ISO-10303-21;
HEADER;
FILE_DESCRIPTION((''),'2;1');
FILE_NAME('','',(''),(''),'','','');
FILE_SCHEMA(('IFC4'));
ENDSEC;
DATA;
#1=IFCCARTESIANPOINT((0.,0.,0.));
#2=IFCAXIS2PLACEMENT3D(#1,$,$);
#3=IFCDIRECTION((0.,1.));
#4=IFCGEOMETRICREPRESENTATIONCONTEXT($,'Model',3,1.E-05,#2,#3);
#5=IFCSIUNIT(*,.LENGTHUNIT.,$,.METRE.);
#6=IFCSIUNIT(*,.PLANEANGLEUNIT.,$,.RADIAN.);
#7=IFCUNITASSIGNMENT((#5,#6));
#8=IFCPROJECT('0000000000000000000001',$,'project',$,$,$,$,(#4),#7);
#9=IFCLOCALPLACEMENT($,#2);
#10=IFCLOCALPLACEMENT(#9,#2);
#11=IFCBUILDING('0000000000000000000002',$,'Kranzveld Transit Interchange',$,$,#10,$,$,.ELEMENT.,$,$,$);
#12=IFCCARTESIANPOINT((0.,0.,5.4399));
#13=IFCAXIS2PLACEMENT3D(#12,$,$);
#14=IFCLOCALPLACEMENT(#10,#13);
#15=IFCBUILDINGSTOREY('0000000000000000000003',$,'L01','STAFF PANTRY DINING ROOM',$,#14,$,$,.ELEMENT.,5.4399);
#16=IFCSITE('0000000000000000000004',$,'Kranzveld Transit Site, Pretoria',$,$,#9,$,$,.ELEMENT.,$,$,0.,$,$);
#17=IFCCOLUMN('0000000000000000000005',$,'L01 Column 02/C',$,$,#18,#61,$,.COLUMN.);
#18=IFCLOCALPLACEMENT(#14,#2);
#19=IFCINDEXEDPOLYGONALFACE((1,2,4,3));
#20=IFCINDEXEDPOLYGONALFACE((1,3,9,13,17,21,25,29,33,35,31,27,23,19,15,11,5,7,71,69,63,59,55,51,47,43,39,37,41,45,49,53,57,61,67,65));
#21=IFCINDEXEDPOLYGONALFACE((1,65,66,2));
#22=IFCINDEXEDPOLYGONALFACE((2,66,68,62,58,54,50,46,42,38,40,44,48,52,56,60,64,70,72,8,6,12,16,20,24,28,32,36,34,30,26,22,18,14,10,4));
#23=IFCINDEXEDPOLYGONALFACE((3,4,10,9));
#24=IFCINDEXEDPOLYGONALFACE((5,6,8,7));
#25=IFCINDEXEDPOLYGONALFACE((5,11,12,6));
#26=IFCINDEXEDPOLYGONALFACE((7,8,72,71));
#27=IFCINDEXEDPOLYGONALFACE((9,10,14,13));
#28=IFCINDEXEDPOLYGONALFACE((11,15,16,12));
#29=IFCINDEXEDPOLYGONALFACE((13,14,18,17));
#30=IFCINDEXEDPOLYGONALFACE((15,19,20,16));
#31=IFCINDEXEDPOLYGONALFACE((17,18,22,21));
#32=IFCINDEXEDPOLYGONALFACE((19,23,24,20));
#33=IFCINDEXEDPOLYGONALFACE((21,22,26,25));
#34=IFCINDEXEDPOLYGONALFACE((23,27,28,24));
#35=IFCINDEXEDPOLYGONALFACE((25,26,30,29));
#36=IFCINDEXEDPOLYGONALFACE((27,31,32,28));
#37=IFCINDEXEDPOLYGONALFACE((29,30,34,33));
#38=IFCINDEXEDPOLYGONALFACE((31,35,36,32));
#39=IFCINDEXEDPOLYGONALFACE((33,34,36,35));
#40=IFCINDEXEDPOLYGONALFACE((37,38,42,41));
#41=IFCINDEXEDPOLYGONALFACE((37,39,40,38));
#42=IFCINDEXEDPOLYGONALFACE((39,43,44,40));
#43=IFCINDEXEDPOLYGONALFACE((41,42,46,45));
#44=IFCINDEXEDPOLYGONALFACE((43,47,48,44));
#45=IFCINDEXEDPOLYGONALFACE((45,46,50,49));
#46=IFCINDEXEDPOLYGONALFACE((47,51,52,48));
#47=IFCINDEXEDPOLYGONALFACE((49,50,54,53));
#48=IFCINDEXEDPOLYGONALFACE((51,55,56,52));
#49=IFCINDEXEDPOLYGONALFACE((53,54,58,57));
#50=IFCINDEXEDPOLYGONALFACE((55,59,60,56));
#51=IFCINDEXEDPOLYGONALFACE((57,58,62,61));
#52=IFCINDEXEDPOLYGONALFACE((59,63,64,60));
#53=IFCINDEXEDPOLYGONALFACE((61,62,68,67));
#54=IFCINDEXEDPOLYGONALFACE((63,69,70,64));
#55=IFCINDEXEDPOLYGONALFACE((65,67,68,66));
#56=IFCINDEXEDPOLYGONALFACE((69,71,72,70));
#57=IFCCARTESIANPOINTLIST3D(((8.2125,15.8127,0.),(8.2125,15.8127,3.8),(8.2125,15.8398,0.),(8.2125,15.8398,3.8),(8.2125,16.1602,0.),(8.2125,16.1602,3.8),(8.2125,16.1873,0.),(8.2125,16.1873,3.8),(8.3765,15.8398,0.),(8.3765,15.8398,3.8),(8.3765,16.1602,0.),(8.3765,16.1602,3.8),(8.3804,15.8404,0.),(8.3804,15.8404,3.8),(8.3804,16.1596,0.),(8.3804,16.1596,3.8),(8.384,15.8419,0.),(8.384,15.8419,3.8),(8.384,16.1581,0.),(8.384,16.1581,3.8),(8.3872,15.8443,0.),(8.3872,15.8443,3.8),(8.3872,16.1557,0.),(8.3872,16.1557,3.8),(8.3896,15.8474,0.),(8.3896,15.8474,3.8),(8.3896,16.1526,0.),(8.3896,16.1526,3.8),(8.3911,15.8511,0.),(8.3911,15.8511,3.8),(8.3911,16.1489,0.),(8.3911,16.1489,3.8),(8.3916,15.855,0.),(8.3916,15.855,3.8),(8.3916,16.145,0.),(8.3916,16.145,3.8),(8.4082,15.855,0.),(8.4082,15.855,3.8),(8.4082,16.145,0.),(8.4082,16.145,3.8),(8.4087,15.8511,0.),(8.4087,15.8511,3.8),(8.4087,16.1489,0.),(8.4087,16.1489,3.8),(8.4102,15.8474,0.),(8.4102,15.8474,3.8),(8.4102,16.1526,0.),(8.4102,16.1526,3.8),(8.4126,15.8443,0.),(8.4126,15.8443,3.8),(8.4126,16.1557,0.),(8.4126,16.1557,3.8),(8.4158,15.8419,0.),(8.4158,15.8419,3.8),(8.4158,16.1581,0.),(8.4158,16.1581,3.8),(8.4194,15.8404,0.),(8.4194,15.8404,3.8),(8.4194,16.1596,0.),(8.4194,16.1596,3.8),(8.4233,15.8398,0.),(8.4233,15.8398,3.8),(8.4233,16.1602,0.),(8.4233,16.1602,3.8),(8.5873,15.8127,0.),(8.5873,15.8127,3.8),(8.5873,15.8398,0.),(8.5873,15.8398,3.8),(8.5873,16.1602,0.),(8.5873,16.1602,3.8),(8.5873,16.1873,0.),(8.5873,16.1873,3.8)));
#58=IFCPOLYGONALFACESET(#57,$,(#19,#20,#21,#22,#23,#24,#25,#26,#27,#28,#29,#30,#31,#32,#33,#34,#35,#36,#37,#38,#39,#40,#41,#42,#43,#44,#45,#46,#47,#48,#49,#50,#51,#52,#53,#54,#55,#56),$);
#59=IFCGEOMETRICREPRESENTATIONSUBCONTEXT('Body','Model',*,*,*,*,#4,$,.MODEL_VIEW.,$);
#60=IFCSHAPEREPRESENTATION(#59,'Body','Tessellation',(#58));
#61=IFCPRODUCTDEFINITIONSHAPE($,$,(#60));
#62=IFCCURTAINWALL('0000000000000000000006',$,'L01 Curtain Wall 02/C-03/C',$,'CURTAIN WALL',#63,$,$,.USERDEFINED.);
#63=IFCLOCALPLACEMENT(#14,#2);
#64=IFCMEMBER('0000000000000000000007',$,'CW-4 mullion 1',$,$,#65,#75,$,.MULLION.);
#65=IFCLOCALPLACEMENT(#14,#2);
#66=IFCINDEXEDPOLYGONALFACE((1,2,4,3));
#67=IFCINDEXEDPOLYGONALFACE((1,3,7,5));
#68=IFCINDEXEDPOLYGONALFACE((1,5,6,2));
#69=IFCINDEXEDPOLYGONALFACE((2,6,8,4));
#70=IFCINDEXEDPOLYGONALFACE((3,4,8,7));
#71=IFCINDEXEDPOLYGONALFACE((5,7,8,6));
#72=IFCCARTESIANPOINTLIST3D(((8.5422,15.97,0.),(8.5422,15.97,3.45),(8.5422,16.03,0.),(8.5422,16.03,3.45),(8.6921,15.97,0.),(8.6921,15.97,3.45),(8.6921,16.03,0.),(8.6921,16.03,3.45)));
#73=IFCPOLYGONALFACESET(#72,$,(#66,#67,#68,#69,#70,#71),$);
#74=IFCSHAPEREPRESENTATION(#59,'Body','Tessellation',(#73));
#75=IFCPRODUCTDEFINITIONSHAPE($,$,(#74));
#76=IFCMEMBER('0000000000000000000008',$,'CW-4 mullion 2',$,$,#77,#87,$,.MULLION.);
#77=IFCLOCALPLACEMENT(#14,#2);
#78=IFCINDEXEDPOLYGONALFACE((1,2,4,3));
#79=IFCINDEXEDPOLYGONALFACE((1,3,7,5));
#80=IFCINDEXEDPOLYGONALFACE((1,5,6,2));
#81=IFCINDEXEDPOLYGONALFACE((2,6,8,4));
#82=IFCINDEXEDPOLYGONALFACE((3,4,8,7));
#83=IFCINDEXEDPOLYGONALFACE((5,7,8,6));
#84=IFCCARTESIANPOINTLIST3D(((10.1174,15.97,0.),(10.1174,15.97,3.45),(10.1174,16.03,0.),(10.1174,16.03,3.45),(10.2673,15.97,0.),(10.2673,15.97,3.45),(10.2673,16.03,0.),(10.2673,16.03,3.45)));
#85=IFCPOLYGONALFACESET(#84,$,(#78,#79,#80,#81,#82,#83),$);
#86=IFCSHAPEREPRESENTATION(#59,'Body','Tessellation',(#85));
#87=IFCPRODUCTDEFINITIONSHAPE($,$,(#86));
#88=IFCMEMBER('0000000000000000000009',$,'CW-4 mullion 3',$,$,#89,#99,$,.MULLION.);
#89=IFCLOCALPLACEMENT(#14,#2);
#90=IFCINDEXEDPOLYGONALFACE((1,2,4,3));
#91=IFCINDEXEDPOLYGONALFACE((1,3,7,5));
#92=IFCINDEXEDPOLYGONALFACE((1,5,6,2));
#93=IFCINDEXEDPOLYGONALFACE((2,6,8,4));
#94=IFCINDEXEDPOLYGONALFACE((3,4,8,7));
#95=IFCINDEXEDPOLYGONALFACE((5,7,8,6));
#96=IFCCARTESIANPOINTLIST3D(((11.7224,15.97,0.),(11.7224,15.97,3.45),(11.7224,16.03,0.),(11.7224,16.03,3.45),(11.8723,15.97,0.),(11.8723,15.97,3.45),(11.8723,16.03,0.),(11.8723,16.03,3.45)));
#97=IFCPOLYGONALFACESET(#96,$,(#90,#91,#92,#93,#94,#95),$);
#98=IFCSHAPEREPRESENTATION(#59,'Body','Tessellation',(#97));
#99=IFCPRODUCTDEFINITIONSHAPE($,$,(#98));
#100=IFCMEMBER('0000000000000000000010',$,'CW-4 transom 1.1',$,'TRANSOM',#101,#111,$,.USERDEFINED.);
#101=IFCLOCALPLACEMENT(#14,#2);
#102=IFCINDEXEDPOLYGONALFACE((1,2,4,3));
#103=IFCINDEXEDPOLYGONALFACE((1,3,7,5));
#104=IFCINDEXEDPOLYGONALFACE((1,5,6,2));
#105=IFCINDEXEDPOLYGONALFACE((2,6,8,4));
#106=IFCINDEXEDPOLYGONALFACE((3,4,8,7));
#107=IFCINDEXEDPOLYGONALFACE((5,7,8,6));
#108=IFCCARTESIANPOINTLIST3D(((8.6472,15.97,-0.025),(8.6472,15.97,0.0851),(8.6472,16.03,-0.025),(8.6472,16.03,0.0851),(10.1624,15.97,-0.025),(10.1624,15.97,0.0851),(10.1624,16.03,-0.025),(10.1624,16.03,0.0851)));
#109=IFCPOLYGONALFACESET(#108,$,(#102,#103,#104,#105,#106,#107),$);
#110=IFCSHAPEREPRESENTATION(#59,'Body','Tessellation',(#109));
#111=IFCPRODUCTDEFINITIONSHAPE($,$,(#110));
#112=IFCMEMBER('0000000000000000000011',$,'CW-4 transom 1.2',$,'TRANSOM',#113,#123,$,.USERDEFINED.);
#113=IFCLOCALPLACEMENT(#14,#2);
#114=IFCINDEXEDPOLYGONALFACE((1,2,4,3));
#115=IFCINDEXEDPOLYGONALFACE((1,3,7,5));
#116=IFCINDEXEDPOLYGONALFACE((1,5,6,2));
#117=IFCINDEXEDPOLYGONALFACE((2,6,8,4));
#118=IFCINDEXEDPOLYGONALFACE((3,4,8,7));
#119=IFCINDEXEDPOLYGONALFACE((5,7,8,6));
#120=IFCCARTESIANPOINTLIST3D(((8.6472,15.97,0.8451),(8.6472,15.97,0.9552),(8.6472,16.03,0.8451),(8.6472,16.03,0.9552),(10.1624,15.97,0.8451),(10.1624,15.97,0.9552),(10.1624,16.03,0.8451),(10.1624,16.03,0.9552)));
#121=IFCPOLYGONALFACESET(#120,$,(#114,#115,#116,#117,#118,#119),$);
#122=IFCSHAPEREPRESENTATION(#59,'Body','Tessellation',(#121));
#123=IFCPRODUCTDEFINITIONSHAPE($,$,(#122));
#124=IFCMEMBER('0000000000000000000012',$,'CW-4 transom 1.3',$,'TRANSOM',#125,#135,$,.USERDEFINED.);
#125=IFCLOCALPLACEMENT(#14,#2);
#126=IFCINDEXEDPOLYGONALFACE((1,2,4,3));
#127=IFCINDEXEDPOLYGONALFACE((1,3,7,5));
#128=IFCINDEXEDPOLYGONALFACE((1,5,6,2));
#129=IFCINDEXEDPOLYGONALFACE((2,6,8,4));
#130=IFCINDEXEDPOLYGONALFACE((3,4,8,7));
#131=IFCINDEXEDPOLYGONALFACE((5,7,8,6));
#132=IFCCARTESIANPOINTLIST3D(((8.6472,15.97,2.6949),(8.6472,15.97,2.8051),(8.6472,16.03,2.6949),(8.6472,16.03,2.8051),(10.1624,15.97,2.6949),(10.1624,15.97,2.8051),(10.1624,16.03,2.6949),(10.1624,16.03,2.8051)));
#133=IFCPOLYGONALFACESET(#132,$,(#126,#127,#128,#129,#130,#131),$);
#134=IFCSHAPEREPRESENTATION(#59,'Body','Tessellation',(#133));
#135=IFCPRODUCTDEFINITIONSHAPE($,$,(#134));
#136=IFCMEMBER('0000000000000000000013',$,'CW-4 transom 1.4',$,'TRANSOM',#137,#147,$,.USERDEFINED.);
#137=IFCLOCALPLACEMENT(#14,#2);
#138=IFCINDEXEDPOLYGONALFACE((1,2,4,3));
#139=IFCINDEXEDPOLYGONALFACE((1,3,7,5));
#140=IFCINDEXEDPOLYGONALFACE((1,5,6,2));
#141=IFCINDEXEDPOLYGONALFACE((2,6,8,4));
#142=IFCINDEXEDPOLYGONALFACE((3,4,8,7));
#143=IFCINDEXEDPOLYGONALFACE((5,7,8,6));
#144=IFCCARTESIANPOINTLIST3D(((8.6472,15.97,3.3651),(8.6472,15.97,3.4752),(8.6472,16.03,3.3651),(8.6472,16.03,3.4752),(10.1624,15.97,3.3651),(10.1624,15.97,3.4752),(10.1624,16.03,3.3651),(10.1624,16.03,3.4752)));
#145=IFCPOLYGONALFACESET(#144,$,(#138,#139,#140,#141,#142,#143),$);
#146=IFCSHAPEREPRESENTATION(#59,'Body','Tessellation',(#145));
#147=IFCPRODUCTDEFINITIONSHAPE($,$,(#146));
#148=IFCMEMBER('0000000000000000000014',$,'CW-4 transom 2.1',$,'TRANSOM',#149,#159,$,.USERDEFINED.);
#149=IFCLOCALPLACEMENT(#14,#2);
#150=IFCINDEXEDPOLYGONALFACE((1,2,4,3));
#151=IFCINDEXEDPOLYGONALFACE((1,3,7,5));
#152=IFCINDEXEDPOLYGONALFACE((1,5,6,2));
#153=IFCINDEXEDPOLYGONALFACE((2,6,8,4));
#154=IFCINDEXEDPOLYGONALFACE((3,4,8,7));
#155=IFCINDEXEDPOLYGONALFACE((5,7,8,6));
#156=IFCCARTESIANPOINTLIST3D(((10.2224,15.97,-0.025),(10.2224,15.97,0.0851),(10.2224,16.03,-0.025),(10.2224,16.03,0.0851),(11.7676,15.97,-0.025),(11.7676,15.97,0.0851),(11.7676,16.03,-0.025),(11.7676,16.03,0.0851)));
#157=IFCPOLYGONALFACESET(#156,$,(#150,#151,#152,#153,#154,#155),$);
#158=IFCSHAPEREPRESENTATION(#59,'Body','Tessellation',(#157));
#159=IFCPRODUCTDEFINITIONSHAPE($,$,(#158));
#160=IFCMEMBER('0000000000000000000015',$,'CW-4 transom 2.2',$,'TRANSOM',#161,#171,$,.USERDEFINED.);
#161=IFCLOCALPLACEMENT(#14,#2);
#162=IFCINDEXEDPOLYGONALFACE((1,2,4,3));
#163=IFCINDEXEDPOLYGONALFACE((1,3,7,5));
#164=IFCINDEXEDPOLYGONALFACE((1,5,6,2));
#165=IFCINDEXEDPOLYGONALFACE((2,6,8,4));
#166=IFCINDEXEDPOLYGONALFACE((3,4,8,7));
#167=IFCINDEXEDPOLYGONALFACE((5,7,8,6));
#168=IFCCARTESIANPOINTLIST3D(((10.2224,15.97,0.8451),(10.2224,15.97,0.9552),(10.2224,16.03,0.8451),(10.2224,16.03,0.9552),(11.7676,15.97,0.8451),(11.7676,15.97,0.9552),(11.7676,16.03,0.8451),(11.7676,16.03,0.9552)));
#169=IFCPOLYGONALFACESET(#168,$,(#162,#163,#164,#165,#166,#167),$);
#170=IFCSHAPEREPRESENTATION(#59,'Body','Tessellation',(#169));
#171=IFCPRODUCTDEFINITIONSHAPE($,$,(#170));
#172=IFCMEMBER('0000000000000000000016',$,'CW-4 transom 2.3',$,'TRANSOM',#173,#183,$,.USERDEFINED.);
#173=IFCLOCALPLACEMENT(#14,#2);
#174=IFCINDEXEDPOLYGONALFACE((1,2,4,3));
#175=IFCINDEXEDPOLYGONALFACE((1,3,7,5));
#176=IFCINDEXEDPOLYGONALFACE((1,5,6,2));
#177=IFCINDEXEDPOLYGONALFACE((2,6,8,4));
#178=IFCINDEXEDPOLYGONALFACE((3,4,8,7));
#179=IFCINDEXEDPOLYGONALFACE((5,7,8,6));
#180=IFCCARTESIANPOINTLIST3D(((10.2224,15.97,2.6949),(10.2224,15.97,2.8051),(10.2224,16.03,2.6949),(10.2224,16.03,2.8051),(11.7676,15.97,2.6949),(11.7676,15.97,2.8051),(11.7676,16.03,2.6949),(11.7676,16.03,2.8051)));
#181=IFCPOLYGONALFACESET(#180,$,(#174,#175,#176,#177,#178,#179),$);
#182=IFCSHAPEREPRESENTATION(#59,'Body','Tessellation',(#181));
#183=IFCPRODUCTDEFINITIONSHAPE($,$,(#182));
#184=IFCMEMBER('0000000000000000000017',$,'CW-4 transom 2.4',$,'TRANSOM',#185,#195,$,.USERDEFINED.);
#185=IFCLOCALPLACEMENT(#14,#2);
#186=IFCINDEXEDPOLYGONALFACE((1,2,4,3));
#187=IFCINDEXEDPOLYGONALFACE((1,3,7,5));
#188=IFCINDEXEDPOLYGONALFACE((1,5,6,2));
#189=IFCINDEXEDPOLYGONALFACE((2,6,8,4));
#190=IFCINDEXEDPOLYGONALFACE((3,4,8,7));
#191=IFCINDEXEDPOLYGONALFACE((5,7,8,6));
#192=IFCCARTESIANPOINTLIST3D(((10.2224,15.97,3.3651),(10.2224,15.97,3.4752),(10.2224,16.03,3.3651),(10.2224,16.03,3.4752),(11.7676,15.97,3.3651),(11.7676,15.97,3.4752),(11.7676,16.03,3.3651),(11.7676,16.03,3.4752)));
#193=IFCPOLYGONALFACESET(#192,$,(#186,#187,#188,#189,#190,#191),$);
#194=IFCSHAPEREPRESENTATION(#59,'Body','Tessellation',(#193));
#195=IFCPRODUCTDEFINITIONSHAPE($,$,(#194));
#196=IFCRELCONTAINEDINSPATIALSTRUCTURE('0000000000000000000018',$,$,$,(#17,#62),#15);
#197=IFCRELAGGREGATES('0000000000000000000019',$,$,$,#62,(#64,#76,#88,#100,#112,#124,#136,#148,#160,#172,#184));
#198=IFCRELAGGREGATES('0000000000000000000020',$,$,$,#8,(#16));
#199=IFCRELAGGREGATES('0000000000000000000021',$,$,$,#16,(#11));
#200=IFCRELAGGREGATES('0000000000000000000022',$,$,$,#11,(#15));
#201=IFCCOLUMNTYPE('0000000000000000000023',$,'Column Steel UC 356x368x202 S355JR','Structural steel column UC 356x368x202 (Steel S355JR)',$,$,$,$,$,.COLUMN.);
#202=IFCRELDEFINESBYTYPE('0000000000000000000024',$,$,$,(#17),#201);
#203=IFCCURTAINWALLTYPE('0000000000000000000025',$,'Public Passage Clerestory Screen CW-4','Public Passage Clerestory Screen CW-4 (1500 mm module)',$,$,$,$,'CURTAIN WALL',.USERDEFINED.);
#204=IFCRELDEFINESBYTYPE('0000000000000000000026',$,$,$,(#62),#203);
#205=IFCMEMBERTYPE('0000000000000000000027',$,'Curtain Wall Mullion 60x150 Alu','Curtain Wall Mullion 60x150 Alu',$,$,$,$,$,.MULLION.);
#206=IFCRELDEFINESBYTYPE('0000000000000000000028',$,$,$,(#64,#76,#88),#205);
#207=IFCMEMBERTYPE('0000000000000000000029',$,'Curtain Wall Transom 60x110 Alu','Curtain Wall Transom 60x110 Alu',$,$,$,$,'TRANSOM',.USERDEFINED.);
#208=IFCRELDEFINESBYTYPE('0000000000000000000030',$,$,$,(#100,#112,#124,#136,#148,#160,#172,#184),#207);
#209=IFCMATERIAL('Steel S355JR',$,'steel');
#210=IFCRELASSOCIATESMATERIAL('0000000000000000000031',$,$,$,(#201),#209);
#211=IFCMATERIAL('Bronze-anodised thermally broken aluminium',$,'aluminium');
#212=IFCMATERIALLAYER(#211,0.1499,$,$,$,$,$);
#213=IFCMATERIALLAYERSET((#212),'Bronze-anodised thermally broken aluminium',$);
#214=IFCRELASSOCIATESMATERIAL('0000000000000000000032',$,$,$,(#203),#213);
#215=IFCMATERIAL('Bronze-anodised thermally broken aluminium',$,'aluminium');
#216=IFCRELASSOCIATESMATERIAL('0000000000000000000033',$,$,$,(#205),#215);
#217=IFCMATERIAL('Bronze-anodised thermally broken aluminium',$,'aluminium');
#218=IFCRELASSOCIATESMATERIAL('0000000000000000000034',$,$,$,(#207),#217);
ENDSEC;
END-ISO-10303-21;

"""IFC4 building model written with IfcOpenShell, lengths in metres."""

from ifc_helpers import new_model, si_unit, direction, frame, origin, origin_2d, place, context, subcontext, project, spatial, rectangle, i_section, extrude, material, layer, layer_set, material_profile, profile_set, type_object, element, aggregate, save


model = new_model("IFC4")

# Units and contexts
model_context = context("Model", 3, precision=1e-05, world=origin(), true_north=direction((0.0, 1.0)))
body_context = subcontext(model_context, "Body", "Model", "MODEL_VIEW")
ifc_project = project(units=[si_unit("LENGTHUNIT", "METRE"), si_unit("PLANEANGLEUNIT", "RADIAN")], contexts=[model_context])

# Site, building, storey
site_placement = place(None, origin())
site = spatial("IfcSite", under=ifc_project, at=site_placement, Name="Kranzveld Transit Site, Pretoria", CompositionType="ELEMENT", RefElevation=0.0)
building_placement = place(site_placement, origin())
building = spatial("IfcBuilding", under=site, at=building_placement, Name="Kranzveld Transit Interchange", CompositionType="ELEMENT")
storey_placement = place(building_placement, frame((0.0, 0.0, 5.4399)))
storey = spatial("IfcBuildingStorey", under=building, at=storey_placement, Name="L01", Description="STAFF PANTRY DINING ROOM", CompositionType="ELEMENT", Elevation=5.4399)

# Column
ifc_material_1 = material(Name="Steel S355JR", Category="steel")
ifc_material_profile_1 = material_profile(ifc_material_1, i_section(OverallWidth=0.3748, OverallDepth=0.3745, WebThickness=0.0166, FlangeThickness=0.0271, FilletRadius=0.0151, at=origin_2d()), Name="UC 356x368x202")
ifc_profile_set_1 = profile_set([ifc_material_profile_1], Name="Steel S355JR")
column_type = type_object("IfcColumnType", Name="Column Steel UC 356x368x202 S355JR", Description="Structural steel column UC 356x368x202 (Steel S355JR)", PredefinedType="COLUMN", material=ifc_profile_set_1)
column_placement = place(storey_placement, frame((8.3999, 16.0, 0.0), z_axis=(0.0, 0.0, 1.0), x_axis=(1.0, 0.0, 0.0)))
element("IfcColumn", 1, at=column_placement, inside=storey, type_object=column_type, Name="L01 Column 02/C", PredefinedType="COLUMN", context=body_context, shape_type="SweptSolid", body=[
    extrude(i_section(OverallWidth=0.3748, OverallDepth=0.3745, WebThickness=0.0166, FlangeThickness=0.0271, FilletRadius=0.0151, at=origin_2d()), origin(), (0.0, 0.0, 1.0), 3.8),
])

# Curtain wall, members
ifc_material_2 = material(Name="Bronze-anodised thermally broken aluminium", Category="aluminium")
ifc_layer_1 = layer(ifc_material_2, 0.1499)
ifc_layer_set_1 = layer_set([ifc_layer_1], Name="Bronze-anodised thermally broken aluminium")
curtain_wall_type = type_object("IfcCurtainWallType", Name="Public Passage Clerestory Screen CW-4", Description="Public Passage Clerestory Screen CW-4 (1500 mm module)", ElementType="CURTAIN WALL", PredefinedType="USERDEFINED", material=ifc_layer_set_1)
curtain_wall_placement = place(storey_placement, origin())
curtain_wall = element("IfcCurtainWall", 2, at=curtain_wall_placement, inside=storey, type_object=curtain_wall_type, Name="L01 Curtain Wall 02/C-03/C", ObjectType="CURTAIN WALL", PredefinedType="USERDEFINED")
ifc_material_3 = material(Name="Bronze-anodised thermally broken aluminium", Category="aluminium")
ifc_material_profile_2 = material_profile(ifc_material_3, rectangle(XDim=0.0601, YDim=0.1499, at=origin_2d()), Name="ALU MULLION 60x150")
ifc_profile_set_2 = profile_set([ifc_material_profile_2], Name="Bronze-anodised thermally broken aluminium")
member_type_1 = type_object("IfcMemberType", Name="Curtain Wall Mullion 60x150 Alu", Description="Curtain Wall Mullion 60x150 Alu", PredefinedType="MULLION", material=ifc_profile_set_2)
member_1_placement = place(storey_placement, frame((8.6172, 16.0, 0.0), z_axis=(0.0, 0.0, 1.0), x_axis=(0.0, 1.0, 0.0)))
member_1 = element("IfcMember", 3, at=member_1_placement, type_object=member_type_1, Name="CW-4 mullion 1", PredefinedType="MULLION", context=body_context, shape_type="SweptSolid", body=[
    extrude(rectangle(XDim=0.0601, YDim=0.1499, at=origin_2d()), origin(), (0.0, 0.0, 1.0), 3.45),
])
member_2_placement = place(storey_placement, frame((10.1924, 16.0, 0.0), z_axis=(0.0, 0.0, 1.0), x_axis=(0.0, 1.0, 0.0)))
member_2 = element("IfcMember", 4, at=member_2_placement, type_object=member_type_1, Name="CW-4 mullion 2", PredefinedType="MULLION", context=body_context, shape_type="SweptSolid", body=[
    extrude(rectangle(XDim=0.0601, YDim=0.1499, at=origin_2d()), origin(), (0.0, 0.0, 1.0), 3.45),
])
member_3_placement = place(storey_placement, frame((11.7974, 16.0, 0.0), z_axis=(0.0, 0.0, 1.0), x_axis=(0.0, 1.0, 0.0)))
member_3 = element("IfcMember", 5, at=member_3_placement, type_object=member_type_1, Name="CW-4 mullion 3", PredefinedType="MULLION", context=body_context, shape_type="SweptSolid", body=[
    extrude(rectangle(XDim=0.0601, YDim=0.1499, at=origin_2d()), origin(), (0.0, 0.0, 1.0), 3.45),
])
ifc_material_4 = material(Name="Bronze-anodised thermally broken aluminium", Category="aluminium")
ifc_material_profile_3 = material_profile(ifc_material_4, rectangle(XDim=0.0601, YDim=0.1101, at=origin_2d()), Name="ALU TRANSOM 60x110")
ifc_profile_set_3 = profile_set([ifc_material_profile_3], Name="Bronze-anodised thermally broken aluminium")
member_type_2 = type_object("IfcMemberType", Name="Curtain Wall Transom 60x110 Alu", Description="Curtain Wall Transom 60x110 Alu", ElementType="TRANSOM", PredefinedType="USERDEFINED", material=ifc_profile_set_3)
member_4_placement = place(storey_placement, frame((8.6472, 16.0, 0.03), z_axis=(1.0, 0.0, 0.0), x_axis=(0.0, 1.0, 0.0)))
member_4 = element("IfcMember", 6, at=member_4_placement, type_object=member_type_2, Name="CW-4 transom 1.1", ObjectType="TRANSOM", PredefinedType="USERDEFINED", context=body_context, shape_type="SweptSolid", body=[
    extrude(rectangle(XDim=0.0601, YDim=0.1101, at=origin_2d()), origin(), (0.0, 0.0, 1.0), 1.5151),
])
member_5_placement = place(storey_placement, frame((8.6472, 16.0, 0.9001), z_axis=(1.0, 0.0, 0.0), x_axis=(0.0, 1.0, 0.0)))
member_5 = element("IfcMember", 7, at=member_5_placement, type_object=member_type_2, Name="CW-4 transom 1.2", ObjectType="TRANSOM", PredefinedType="USERDEFINED", context=body_context, shape_type="SweptSolid", body=[
    extrude(rectangle(XDim=0.0601, YDim=0.1101, at=origin_2d()), origin(), (0.0, 0.0, 1.0), 1.5151),
])
member_6_placement = place(storey_placement, frame((8.6472, 16.0, 2.75), z_axis=(1.0, 0.0, 0.0), x_axis=(0.0, 1.0, 0.0)))
member_6 = element("IfcMember", 8, at=member_6_placement, type_object=member_type_2, Name="CW-4 transom 1.3", ObjectType="TRANSOM", PredefinedType="USERDEFINED", context=body_context, shape_type="SweptSolid", body=[
    extrude(rectangle(XDim=0.0601, YDim=0.1101, at=origin_2d()), origin(), (0.0, 0.0, 1.0), 1.5151),
])
member_7_placement = place(storey_placement, frame((8.6472, 16.0, 3.4202), z_axis=(1.0, 0.0, 0.0), x_axis=(0.0, 1.0, 0.0)))
member_7 = element("IfcMember", 9, at=member_7_placement, type_object=member_type_2, Name="CW-4 transom 1.4", ObjectType="TRANSOM", PredefinedType="USERDEFINED", context=body_context, shape_type="SweptSolid", body=[
    extrude(rectangle(XDim=0.0601, YDim=0.1101, at=origin_2d()), origin(), (0.0, 0.0, 1.0), 1.5151),
])
member_8_placement = place(storey_placement, frame((10.2224, 16.0, 0.03), z_axis=(1.0, 0.0, 0.0), x_axis=(0.0, 1.0, 0.0)))
member_8 = element("IfcMember", 10, at=member_8_placement, type_object=member_type_2, Name="CW-4 transom 2.1", ObjectType="TRANSOM", PredefinedType="USERDEFINED", context=body_context, shape_type="SweptSolid", body=[
    extrude(rectangle(XDim=0.0601, YDim=0.1101, at=origin_2d()), origin(), (0.0, 0.0, 1.0), 1.5452),
])
member_9_placement = place(storey_placement, frame((10.2224, 16.0, 0.9001), z_axis=(1.0, 0.0, 0.0), x_axis=(0.0, 1.0, 0.0)))
member_9 = element("IfcMember", 11, at=member_9_placement, type_object=member_type_2, Name="CW-4 transom 2.2", ObjectType="TRANSOM", PredefinedType="USERDEFINED", context=body_context, shape_type="SweptSolid", body=[
    extrude(rectangle(XDim=0.0601, YDim=0.1101, at=origin_2d()), origin(), (0.0, 0.0, 1.0), 1.5452),
])
member_10_placement = place(storey_placement, frame((10.2224, 16.0, 2.75), z_axis=(1.0, 0.0, 0.0), x_axis=(0.0, 1.0, 0.0)))
member_10 = element("IfcMember", 12, at=member_10_placement, type_object=member_type_2, Name="CW-4 transom 2.3", ObjectType="TRANSOM", PredefinedType="USERDEFINED", context=body_context, shape_type="SweptSolid", body=[
    extrude(rectangle(XDim=0.0601, YDim=0.1101, at=origin_2d()), origin(), (0.0, 0.0, 1.0), 1.5452),
])
member_11_placement = place(storey_placement, frame((10.2224, 16.0, 3.4202), z_axis=(1.0, 0.0, 0.0), x_axis=(0.0, 1.0, 0.0)))
member_11 = element("IfcMember", 13, at=member_11_placement, type_object=member_type_2, Name="CW-4 transom 2.4", ObjectType="TRANSOM", PredefinedType="USERDEFINED", context=body_context, shape_type="SweptSolid", body=[
    extrude(rectangle(XDim=0.0601, YDim=0.1101, at=origin_2d()), origin(), (0.0, 0.0, 1.0), 1.5452),
])

aggregate(curtain_wall, [member_1, member_2, member_3, member_4, member_5, member_6, member_7, member_8, member_9, member_10, member_11])

save(model, "model.ifc")
